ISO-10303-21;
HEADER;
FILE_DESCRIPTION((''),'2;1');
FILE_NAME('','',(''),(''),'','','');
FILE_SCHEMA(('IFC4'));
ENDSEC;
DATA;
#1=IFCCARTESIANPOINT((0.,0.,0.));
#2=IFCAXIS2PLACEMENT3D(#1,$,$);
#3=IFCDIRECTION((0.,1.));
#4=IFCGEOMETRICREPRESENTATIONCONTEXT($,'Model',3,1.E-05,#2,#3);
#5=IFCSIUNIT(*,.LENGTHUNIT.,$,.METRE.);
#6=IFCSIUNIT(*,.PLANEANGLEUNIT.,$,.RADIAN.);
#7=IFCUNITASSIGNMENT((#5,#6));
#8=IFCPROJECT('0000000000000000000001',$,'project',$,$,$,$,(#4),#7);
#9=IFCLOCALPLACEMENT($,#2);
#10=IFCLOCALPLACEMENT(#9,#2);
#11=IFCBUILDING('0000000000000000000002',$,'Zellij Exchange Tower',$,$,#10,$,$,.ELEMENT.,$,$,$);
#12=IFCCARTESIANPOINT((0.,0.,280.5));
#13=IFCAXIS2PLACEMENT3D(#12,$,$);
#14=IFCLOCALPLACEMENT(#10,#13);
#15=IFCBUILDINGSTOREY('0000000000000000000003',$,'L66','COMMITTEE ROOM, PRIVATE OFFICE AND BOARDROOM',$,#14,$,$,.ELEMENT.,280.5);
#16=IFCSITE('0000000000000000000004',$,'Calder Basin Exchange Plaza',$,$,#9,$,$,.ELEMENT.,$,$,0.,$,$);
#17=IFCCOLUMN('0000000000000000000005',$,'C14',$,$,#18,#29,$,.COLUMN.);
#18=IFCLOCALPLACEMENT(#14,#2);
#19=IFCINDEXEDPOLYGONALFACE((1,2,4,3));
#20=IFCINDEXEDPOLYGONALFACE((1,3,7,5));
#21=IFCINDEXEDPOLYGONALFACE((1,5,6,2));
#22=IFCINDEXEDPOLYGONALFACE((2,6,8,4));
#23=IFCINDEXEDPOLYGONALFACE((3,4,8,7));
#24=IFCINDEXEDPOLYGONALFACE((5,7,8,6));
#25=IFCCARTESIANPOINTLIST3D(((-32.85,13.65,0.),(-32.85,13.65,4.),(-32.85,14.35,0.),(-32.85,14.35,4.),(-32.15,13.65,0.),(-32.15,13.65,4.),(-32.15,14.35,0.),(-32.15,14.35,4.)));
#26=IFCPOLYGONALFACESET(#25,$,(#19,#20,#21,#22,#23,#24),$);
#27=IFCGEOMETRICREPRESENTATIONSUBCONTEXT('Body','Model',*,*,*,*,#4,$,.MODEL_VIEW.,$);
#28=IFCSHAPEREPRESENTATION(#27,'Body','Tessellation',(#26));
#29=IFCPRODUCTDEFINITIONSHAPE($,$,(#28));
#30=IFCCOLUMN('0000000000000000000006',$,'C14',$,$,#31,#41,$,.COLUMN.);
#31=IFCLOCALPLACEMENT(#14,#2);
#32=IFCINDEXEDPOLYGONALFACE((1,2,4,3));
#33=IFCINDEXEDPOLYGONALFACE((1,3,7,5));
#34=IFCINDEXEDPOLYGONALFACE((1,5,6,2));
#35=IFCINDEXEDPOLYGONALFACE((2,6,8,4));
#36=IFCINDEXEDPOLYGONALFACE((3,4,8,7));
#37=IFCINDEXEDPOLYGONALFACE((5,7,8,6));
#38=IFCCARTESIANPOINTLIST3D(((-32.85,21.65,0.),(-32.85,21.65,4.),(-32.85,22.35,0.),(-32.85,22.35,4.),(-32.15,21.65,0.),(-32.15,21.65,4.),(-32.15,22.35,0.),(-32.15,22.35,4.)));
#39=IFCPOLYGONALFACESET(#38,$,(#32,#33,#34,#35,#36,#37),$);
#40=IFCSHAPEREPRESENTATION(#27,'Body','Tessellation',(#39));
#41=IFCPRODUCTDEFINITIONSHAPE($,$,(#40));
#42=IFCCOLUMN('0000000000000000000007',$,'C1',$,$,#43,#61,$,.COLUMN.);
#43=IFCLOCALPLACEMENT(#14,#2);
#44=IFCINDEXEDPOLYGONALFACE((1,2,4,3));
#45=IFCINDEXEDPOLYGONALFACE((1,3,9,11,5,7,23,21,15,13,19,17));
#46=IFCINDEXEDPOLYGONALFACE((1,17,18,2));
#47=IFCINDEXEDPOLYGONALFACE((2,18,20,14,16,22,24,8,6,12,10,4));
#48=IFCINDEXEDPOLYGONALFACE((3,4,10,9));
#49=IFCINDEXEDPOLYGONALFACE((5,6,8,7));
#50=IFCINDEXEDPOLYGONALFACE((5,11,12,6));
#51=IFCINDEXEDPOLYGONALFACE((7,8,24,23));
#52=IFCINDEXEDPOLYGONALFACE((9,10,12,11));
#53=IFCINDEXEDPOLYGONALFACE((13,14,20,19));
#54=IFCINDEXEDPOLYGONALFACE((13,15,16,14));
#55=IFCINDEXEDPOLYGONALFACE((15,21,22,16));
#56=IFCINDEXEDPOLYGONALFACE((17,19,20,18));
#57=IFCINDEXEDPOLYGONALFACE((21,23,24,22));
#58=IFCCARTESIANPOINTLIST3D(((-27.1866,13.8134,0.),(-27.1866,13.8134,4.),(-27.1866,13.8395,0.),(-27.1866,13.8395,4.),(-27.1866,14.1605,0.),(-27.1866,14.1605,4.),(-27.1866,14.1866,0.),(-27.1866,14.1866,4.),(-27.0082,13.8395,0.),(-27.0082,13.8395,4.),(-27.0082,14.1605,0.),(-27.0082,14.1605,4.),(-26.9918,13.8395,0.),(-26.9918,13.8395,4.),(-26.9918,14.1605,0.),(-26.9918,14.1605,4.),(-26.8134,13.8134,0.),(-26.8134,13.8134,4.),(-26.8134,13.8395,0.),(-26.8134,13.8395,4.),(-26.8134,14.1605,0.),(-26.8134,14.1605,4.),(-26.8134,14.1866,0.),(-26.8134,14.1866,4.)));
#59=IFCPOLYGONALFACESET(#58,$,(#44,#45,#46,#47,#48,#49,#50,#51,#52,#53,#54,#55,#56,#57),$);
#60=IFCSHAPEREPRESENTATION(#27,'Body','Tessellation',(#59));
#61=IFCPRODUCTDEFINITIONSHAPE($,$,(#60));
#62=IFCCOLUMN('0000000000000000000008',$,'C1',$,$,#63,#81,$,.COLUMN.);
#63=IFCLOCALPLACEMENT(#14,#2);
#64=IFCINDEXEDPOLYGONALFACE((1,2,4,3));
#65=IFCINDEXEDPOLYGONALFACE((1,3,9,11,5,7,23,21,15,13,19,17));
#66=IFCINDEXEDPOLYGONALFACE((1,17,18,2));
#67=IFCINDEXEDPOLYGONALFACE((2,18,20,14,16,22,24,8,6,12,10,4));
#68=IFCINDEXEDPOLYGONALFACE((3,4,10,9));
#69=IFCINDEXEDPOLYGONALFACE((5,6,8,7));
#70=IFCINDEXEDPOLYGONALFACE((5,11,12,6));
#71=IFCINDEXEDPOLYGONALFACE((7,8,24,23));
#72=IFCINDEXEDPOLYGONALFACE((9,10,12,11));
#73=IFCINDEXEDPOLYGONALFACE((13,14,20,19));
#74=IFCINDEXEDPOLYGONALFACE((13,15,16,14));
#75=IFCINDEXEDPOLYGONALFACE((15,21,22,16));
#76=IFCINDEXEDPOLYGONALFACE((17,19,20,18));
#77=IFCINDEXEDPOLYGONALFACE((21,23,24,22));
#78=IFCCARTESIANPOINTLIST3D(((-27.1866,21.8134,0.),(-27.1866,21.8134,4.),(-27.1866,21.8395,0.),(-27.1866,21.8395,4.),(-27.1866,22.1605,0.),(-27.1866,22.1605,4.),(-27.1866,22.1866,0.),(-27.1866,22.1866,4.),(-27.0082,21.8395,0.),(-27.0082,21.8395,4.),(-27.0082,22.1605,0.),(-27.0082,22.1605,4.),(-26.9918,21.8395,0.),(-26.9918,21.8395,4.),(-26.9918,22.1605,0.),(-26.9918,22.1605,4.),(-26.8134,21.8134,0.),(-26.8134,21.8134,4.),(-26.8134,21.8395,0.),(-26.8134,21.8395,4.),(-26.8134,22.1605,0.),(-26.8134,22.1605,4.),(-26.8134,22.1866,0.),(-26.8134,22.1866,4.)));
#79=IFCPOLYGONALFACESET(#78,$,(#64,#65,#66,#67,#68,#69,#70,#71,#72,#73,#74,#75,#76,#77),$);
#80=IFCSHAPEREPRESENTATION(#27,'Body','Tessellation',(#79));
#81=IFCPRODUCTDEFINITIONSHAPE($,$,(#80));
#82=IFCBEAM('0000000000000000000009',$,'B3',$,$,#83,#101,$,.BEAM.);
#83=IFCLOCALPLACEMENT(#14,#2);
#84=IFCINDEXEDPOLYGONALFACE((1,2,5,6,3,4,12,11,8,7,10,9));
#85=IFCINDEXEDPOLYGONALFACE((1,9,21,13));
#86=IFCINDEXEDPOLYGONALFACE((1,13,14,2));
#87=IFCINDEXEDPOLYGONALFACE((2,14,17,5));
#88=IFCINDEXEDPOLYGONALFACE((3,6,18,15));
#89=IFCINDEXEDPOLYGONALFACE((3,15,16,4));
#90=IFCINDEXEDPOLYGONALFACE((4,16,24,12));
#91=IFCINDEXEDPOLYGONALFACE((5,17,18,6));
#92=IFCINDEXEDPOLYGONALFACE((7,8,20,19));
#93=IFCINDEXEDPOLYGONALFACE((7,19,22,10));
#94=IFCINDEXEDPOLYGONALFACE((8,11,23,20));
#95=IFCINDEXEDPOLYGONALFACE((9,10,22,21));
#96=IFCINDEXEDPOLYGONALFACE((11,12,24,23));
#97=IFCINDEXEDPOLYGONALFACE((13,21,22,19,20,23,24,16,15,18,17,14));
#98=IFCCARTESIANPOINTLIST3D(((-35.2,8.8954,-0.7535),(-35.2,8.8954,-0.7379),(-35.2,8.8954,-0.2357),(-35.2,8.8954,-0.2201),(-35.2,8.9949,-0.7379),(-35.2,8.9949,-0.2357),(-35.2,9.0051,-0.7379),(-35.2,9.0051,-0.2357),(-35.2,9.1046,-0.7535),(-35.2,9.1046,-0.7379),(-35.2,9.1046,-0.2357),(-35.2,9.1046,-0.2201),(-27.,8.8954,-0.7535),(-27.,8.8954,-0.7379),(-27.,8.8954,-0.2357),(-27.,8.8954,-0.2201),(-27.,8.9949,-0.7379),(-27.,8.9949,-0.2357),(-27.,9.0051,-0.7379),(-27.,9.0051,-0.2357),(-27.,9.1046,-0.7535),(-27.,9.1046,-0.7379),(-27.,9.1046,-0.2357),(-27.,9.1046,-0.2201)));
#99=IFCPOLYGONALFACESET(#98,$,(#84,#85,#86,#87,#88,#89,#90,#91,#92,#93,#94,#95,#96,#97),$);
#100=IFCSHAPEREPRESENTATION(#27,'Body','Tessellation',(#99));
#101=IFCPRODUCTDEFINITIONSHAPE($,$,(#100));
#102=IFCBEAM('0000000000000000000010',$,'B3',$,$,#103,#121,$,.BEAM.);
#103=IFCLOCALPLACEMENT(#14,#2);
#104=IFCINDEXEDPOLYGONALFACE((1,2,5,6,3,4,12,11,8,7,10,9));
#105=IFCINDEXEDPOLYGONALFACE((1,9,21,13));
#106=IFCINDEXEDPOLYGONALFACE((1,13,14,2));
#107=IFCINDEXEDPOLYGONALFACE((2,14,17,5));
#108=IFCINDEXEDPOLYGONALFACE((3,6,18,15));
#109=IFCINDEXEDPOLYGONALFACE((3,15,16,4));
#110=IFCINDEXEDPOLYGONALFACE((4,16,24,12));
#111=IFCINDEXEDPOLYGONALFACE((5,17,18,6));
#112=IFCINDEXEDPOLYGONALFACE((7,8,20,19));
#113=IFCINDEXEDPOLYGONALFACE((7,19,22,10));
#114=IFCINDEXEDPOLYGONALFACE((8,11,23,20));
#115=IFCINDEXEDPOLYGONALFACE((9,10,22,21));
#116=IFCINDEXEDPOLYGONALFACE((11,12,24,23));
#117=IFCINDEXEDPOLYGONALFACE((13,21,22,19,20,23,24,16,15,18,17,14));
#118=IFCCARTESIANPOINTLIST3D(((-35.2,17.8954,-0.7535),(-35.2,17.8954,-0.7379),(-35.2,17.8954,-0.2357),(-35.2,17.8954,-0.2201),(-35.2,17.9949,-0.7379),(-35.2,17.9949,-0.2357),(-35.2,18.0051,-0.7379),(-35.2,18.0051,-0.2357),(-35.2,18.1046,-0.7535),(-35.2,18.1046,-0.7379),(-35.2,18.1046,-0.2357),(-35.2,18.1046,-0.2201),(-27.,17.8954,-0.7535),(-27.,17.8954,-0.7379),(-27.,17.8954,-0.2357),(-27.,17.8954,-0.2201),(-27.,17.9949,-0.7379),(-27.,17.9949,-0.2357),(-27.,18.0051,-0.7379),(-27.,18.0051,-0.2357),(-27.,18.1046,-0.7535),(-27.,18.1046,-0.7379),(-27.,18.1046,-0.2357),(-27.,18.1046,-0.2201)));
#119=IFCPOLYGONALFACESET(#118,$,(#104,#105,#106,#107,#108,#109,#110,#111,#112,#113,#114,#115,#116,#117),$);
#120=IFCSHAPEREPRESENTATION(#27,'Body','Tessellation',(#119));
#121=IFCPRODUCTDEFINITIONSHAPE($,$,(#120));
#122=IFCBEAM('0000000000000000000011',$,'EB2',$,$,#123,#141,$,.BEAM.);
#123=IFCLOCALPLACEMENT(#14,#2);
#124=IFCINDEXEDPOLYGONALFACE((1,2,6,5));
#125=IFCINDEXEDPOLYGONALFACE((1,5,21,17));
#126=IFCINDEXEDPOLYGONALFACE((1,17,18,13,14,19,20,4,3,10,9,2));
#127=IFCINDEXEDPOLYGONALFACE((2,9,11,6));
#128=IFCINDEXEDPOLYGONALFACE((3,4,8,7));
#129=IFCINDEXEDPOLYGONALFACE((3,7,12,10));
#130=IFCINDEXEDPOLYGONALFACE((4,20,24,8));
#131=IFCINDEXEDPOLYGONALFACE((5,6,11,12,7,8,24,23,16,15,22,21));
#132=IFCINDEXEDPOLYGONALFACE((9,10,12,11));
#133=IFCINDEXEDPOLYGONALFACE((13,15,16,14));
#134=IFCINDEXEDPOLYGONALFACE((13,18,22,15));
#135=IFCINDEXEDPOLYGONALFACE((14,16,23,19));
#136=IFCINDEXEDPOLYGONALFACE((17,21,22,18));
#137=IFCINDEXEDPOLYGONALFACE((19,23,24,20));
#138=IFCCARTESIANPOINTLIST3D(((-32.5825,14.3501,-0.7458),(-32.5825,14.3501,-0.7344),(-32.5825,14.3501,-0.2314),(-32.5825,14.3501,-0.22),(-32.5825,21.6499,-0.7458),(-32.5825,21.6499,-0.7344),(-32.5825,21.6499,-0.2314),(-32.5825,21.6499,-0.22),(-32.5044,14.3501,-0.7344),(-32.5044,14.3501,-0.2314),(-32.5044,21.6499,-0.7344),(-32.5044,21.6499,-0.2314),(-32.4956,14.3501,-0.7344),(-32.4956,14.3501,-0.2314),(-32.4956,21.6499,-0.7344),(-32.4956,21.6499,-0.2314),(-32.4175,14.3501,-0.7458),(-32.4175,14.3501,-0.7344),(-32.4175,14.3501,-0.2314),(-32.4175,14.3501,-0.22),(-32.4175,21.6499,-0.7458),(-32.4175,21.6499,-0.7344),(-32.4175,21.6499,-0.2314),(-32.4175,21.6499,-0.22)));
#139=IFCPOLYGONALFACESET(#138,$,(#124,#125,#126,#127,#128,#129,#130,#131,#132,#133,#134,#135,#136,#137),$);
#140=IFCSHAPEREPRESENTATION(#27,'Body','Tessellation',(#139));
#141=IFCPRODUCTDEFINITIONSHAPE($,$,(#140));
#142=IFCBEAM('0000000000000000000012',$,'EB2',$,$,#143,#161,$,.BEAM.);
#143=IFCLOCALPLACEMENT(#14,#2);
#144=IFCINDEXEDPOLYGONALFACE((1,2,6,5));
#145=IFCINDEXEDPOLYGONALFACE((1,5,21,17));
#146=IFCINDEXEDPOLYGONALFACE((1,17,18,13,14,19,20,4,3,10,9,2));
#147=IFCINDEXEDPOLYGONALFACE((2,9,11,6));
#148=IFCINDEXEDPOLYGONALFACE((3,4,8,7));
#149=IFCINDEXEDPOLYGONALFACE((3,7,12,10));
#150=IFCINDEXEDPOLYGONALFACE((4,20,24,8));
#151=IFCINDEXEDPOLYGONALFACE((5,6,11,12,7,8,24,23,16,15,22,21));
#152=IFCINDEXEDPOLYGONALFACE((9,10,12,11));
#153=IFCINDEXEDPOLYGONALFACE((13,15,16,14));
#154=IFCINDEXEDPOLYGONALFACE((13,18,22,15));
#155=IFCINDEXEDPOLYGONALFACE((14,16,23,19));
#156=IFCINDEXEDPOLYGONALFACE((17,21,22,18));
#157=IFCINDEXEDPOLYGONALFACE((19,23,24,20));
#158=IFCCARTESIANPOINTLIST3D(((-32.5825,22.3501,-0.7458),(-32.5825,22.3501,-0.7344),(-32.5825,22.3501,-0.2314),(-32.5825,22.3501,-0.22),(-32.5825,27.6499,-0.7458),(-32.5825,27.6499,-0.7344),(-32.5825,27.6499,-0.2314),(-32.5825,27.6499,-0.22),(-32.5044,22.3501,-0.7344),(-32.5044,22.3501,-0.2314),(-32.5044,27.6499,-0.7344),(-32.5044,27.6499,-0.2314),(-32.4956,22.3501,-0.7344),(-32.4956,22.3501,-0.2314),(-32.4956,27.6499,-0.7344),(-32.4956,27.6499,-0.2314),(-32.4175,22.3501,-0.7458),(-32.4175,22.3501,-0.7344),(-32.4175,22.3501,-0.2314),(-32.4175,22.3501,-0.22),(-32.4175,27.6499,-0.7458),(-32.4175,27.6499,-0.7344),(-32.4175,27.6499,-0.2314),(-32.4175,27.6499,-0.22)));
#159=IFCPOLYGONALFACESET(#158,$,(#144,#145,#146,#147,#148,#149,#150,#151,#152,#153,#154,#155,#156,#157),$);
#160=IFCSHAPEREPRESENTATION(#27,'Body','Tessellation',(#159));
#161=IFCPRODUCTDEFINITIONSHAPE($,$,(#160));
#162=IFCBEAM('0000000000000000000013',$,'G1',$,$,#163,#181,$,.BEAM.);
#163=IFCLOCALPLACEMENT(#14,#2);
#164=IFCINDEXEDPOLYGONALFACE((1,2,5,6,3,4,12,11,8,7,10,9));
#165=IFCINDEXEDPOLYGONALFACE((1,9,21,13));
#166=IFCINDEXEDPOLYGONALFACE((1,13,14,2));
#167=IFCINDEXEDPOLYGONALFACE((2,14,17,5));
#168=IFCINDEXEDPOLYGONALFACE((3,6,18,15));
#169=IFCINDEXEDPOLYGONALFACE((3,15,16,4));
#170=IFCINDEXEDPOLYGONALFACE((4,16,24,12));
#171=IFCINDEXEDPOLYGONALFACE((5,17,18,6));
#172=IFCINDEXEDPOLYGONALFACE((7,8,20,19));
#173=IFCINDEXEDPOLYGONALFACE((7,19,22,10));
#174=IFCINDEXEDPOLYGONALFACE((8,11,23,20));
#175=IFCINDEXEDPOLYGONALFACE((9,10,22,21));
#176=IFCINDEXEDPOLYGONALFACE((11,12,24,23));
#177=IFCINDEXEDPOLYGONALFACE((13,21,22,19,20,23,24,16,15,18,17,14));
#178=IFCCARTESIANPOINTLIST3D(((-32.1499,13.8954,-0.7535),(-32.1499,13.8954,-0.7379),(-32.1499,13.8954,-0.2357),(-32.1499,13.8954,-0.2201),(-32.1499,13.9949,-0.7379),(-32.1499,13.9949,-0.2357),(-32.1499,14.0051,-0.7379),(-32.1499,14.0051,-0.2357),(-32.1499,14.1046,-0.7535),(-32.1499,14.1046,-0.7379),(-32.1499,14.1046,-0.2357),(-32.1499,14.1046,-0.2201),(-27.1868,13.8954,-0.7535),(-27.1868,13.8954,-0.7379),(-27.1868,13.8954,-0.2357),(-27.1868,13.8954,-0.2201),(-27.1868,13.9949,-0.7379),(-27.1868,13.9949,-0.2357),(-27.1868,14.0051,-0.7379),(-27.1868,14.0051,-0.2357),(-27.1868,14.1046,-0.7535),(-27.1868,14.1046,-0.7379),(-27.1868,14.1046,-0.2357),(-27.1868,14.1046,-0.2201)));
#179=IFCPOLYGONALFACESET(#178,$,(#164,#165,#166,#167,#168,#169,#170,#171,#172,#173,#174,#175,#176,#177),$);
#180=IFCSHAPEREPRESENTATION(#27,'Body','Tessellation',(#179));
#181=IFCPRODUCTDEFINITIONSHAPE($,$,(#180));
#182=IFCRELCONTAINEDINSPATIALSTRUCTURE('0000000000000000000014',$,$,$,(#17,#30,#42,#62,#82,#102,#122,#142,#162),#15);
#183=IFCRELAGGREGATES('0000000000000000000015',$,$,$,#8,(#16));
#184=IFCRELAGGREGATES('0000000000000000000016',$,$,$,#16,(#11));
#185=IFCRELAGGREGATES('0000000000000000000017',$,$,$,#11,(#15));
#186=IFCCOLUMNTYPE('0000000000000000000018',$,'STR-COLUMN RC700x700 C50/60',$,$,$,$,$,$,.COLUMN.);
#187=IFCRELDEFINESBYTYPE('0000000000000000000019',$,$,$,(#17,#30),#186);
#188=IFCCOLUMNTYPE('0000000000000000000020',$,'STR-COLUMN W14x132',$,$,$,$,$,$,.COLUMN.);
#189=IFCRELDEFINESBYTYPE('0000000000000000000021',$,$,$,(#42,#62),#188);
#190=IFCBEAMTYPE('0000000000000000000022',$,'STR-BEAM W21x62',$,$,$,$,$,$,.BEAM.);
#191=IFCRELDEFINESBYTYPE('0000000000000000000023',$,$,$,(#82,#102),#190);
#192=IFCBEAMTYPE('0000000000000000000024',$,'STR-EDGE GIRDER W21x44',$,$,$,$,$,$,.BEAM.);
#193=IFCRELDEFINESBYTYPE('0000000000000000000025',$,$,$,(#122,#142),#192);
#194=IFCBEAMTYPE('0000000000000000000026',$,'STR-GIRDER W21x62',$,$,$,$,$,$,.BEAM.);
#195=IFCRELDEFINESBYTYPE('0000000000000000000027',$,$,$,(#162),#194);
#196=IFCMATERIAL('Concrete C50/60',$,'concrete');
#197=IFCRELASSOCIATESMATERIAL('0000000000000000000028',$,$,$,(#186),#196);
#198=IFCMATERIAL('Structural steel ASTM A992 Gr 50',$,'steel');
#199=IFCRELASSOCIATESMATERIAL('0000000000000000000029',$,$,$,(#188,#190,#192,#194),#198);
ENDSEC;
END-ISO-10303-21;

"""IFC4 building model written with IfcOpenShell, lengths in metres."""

from ifc_helpers import new_model, si_unit, direction, frame, origin, origin_2d, place, context, subcontext, project, spatial, rectangle, i_section, extrude, material, material_profile, profile_set, type_object, element, save


model = new_model("IFC4")

# Units and contexts
model_context = context("Model", 3, precision=1e-05, world=origin(), true_north=direction((0.0, 1.0)))
body_context = subcontext(model_context, "Body", "Model", "MODEL_VIEW")
ifc_project = project(units=[si_unit("LENGTHUNIT", "METRE"), si_unit("PLANEANGLEUNIT", "RADIAN")], contexts=[model_context])

# Site, building, storey
site_placement = place(None, origin())
site = spatial("IfcSite", under=ifc_project, at=site_placement, Name="Calder Basin Exchange Plaza", CompositionType="ELEMENT", RefElevation=0.0)
building_placement = place(site_placement, origin())
building = spatial("IfcBuilding", under=site, at=building_placement, Name="Zellij Exchange Tower", CompositionType="ELEMENT")
storey_placement = place(building_placement, frame((0.0, 0.0, 280.5)))
storey = spatial("IfcBuildingStorey", under=building, at=storey_placement, Name="L66", Description="COMMITTEE ROOM, PRIVATE OFFICE AND BOARDROOM", CompositionType="ELEMENT", Elevation=280.5)

# Columns
ifc_material_1 = material(Name="Concrete C50/60", Category="concrete")
ifc_material_profile_1 = material_profile(ifc_material_1, rectangle(XDim=0.7, YDim=0.7, at=origin_2d()), Name="STR-COLUMN RC700x700 C50/60")
ifc_profile_set_1 = profile_set([ifc_material_profile_1], Name="Concrete C50/60")
column_type_1 = type_object("IfcColumnType", Name="STR-COLUMN RC700x700 C50/60", PredefinedType="COLUMN", material=ifc_profile_set_1)
for number, where, z_axis, x_axis, name in (
    (1, (-32.5, 14.0, 0.0), (0.0, 0.0, 1.0), (1.0, 0.0, 0.0), "C14"),
    (2, (-32.5, 22.0, 0.0), (0.0, 0.0, 1.0), (1.0, 0.0, 0.0), "C14"),
):
    element("IfcColumn", number, at=place(storey_placement, frame(where, z_axis=z_axis, x_axis=x_axis)), inside=storey, type_object=column_type_1, Name=name, PredefinedType="COLUMN", context=body_context, shape_type="SweptSolid", body=[
        extrude(rectangle(XDim=0.7, YDim=0.7, at=origin_2d()), origin(), (0.0, 0.0, 1.0), 4.0),
    ])
ifc_material_2 = material(Name="Structural steel ASTM A992 Gr 50", Category="steel")
ifc_material_profile_2 = material_profile(ifc_material_2, i_section(OverallWidth=0.3733, OverallDepth=0.3733, WebThickness=0.0164, FlangeThickness=0.0261, at=origin_2d()), Name="W14x132")
ifc_profile_set_2 = profile_set([ifc_material_profile_2], Name="Structural steel ASTM A992 Gr 50")
column_type_2 = type_object("IfcColumnType", Name="STR-COLUMN W14x132", PredefinedType="COLUMN", material=ifc_profile_set_2)
for number, where, z_axis, x_axis, name in (
    (3, (-27.0, 14.0, 0.0), (0.0, 0.0, 1.0), (1.0, 0.0, 0.0), "C1"),
    (4, (-27.0, 22.0, 0.0), (0.0, 0.0, 1.0), (1.0, 0.0, 0.0), "C1"),
):
    element("IfcColumn", number, at=place(storey_placement, frame(where, z_axis=z_axis, x_axis=x_axis)), inside=storey, type_object=column_type_2, Name=name, PredefinedType="COLUMN", context=body_context, shape_type="SweptSolid", body=[
        extrude(i_section(OverallWidth=0.3733, OverallDepth=0.3733, WebThickness=0.0164, FlangeThickness=0.0261, at=origin_2d()), origin(), (0.0, 0.0, 1.0), 4.0),
    ])

# Beams
ifc_material_profile_3 = material_profile(ifc_material_2, i_section(OverallWidth=0.2092, OverallDepth=0.5334, WebThickness=0.0103, FlangeThickness=0.0156, at=origin_2d()), Name="W21x62")
ifc_profile_set_3 = profile_set([ifc_material_profile_3], Name="Structural steel ASTM A992 Gr 50")
beam_type_1 = type_object("IfcBeamType", Name="STR-BEAM W21x62", PredefinedType="BEAM", material=ifc_profile_set_3)
for number, where, z_axis, x_axis, name in (
    (5, (-35.2, 9.0, -0.4868), (1.0, 0.0, 0.0), (0.0, 1.0, 0.0), "B3"),
    (6, (-35.2, 18.0, -0.4868), (1.0, 0.0, 0.0), (0.0, 1.0, 0.0), "B3"),
):
    element("IfcBeam", number, at=place(storey_placement, frame(where, z_axis=z_axis, x_axis=x_axis)), inside=storey, type_object=beam_type_1, Name=name, PredefinedType="BEAM", context=body_context, shape_type="SweptSolid", body=[
        extrude(i_section(OverallWidth=0.2092, OverallDepth=0.5334, WebThickness=0.0103, FlangeThickness=0.0156, at=origin_2d()), origin(), (0.0, 0.0, 1.0), 8.2),
    ])
ifc_material_profile_4 = material_profile(ifc_material_2, i_section(OverallWidth=0.165, OverallDepth=0.5259, WebThickness=0.0088, FlangeThickness=0.0115, at=origin_2d()), Name="W21x44")
ifc_profile_set_4 = profile_set([ifc_material_profile_4], Name="Structural steel ASTM A992 Gr 50")
beam_type_2 = type_object("IfcBeamType", Name="STR-EDGE GIRDER W21x44", PredefinedType="BEAM", material=ifc_profile_set_4)
beam_1_placement = place(storey_placement, frame((-32.5, 14.3501, -0.4829), z_axis=(0.0, 1.0, 0.0), x_axis=(-1.0, 0.0, 0.0)))
element("IfcBeam", 7, at=beam_1_placement, inside=storey, type_object=beam_type_2, Name="EB2", PredefinedType="BEAM", context=body_context, shape_type="SweptSolid", body=[
    extrude(i_section(OverallWidth=0.165, OverallDepth=0.5259, WebThickness=0.0088, FlangeThickness=0.0115, at=origin_2d()), origin(), (0.0, 0.0, 1.0), 7.2998),
])
beam_2_placement = place(storey_placement, frame((-32.5, 22.3501, -0.4829), z_axis=(0.0, 1.0, 0.0), x_axis=(-1.0, 0.0, 0.0)))
element("IfcBeam", 8, at=beam_2_placement, inside=storey, type_object=beam_type_2, Name="EB2", PredefinedType="BEAM", context=body_context, shape_type="SweptSolid", body=[
    extrude(i_section(OverallWidth=0.165, OverallDepth=0.5259, WebThickness=0.0088, FlangeThickness=0.0115, at=origin_2d()), origin(), (0.0, 0.0, 1.0), 5.2998),
])
ifc_material_profile_5 = material_profile(ifc_material_2, i_section(OverallWidth=0.2092, OverallDepth=0.5334, WebThickness=0.0103, FlangeThickness=0.0156, at=origin_2d()), Name="W21x62")
ifc_profile_set_5 = profile_set([ifc_material_profile_5], Name="Structural steel ASTM A992 Gr 50")
beam_type_3 = type_object("IfcBeamType", Name="STR-GIRDER W21x62", PredefinedType="BEAM", material=ifc_profile_set_5)
beam_3_placement = place(storey_placement, frame((-32.1499, 14.0, -0.4868), z_axis=(1.0, 0.0, 0.0), x_axis=(0.0, 1.0, 0.0)))
element("IfcBeam", 9, at=beam_3_placement, inside=storey, type_object=beam_type_3, Name="G1", PredefinedType="BEAM", context=body_context, shape_type="SweptSolid", body=[
    extrude(i_section(OverallWidth=0.2092, OverallDepth=0.5334, WebThickness=0.0103, FlangeThickness=0.0156, at=origin_2d()), origin(), (0.0, 0.0, 1.0), 4.9631),
])

save(model, "model.ifc")
